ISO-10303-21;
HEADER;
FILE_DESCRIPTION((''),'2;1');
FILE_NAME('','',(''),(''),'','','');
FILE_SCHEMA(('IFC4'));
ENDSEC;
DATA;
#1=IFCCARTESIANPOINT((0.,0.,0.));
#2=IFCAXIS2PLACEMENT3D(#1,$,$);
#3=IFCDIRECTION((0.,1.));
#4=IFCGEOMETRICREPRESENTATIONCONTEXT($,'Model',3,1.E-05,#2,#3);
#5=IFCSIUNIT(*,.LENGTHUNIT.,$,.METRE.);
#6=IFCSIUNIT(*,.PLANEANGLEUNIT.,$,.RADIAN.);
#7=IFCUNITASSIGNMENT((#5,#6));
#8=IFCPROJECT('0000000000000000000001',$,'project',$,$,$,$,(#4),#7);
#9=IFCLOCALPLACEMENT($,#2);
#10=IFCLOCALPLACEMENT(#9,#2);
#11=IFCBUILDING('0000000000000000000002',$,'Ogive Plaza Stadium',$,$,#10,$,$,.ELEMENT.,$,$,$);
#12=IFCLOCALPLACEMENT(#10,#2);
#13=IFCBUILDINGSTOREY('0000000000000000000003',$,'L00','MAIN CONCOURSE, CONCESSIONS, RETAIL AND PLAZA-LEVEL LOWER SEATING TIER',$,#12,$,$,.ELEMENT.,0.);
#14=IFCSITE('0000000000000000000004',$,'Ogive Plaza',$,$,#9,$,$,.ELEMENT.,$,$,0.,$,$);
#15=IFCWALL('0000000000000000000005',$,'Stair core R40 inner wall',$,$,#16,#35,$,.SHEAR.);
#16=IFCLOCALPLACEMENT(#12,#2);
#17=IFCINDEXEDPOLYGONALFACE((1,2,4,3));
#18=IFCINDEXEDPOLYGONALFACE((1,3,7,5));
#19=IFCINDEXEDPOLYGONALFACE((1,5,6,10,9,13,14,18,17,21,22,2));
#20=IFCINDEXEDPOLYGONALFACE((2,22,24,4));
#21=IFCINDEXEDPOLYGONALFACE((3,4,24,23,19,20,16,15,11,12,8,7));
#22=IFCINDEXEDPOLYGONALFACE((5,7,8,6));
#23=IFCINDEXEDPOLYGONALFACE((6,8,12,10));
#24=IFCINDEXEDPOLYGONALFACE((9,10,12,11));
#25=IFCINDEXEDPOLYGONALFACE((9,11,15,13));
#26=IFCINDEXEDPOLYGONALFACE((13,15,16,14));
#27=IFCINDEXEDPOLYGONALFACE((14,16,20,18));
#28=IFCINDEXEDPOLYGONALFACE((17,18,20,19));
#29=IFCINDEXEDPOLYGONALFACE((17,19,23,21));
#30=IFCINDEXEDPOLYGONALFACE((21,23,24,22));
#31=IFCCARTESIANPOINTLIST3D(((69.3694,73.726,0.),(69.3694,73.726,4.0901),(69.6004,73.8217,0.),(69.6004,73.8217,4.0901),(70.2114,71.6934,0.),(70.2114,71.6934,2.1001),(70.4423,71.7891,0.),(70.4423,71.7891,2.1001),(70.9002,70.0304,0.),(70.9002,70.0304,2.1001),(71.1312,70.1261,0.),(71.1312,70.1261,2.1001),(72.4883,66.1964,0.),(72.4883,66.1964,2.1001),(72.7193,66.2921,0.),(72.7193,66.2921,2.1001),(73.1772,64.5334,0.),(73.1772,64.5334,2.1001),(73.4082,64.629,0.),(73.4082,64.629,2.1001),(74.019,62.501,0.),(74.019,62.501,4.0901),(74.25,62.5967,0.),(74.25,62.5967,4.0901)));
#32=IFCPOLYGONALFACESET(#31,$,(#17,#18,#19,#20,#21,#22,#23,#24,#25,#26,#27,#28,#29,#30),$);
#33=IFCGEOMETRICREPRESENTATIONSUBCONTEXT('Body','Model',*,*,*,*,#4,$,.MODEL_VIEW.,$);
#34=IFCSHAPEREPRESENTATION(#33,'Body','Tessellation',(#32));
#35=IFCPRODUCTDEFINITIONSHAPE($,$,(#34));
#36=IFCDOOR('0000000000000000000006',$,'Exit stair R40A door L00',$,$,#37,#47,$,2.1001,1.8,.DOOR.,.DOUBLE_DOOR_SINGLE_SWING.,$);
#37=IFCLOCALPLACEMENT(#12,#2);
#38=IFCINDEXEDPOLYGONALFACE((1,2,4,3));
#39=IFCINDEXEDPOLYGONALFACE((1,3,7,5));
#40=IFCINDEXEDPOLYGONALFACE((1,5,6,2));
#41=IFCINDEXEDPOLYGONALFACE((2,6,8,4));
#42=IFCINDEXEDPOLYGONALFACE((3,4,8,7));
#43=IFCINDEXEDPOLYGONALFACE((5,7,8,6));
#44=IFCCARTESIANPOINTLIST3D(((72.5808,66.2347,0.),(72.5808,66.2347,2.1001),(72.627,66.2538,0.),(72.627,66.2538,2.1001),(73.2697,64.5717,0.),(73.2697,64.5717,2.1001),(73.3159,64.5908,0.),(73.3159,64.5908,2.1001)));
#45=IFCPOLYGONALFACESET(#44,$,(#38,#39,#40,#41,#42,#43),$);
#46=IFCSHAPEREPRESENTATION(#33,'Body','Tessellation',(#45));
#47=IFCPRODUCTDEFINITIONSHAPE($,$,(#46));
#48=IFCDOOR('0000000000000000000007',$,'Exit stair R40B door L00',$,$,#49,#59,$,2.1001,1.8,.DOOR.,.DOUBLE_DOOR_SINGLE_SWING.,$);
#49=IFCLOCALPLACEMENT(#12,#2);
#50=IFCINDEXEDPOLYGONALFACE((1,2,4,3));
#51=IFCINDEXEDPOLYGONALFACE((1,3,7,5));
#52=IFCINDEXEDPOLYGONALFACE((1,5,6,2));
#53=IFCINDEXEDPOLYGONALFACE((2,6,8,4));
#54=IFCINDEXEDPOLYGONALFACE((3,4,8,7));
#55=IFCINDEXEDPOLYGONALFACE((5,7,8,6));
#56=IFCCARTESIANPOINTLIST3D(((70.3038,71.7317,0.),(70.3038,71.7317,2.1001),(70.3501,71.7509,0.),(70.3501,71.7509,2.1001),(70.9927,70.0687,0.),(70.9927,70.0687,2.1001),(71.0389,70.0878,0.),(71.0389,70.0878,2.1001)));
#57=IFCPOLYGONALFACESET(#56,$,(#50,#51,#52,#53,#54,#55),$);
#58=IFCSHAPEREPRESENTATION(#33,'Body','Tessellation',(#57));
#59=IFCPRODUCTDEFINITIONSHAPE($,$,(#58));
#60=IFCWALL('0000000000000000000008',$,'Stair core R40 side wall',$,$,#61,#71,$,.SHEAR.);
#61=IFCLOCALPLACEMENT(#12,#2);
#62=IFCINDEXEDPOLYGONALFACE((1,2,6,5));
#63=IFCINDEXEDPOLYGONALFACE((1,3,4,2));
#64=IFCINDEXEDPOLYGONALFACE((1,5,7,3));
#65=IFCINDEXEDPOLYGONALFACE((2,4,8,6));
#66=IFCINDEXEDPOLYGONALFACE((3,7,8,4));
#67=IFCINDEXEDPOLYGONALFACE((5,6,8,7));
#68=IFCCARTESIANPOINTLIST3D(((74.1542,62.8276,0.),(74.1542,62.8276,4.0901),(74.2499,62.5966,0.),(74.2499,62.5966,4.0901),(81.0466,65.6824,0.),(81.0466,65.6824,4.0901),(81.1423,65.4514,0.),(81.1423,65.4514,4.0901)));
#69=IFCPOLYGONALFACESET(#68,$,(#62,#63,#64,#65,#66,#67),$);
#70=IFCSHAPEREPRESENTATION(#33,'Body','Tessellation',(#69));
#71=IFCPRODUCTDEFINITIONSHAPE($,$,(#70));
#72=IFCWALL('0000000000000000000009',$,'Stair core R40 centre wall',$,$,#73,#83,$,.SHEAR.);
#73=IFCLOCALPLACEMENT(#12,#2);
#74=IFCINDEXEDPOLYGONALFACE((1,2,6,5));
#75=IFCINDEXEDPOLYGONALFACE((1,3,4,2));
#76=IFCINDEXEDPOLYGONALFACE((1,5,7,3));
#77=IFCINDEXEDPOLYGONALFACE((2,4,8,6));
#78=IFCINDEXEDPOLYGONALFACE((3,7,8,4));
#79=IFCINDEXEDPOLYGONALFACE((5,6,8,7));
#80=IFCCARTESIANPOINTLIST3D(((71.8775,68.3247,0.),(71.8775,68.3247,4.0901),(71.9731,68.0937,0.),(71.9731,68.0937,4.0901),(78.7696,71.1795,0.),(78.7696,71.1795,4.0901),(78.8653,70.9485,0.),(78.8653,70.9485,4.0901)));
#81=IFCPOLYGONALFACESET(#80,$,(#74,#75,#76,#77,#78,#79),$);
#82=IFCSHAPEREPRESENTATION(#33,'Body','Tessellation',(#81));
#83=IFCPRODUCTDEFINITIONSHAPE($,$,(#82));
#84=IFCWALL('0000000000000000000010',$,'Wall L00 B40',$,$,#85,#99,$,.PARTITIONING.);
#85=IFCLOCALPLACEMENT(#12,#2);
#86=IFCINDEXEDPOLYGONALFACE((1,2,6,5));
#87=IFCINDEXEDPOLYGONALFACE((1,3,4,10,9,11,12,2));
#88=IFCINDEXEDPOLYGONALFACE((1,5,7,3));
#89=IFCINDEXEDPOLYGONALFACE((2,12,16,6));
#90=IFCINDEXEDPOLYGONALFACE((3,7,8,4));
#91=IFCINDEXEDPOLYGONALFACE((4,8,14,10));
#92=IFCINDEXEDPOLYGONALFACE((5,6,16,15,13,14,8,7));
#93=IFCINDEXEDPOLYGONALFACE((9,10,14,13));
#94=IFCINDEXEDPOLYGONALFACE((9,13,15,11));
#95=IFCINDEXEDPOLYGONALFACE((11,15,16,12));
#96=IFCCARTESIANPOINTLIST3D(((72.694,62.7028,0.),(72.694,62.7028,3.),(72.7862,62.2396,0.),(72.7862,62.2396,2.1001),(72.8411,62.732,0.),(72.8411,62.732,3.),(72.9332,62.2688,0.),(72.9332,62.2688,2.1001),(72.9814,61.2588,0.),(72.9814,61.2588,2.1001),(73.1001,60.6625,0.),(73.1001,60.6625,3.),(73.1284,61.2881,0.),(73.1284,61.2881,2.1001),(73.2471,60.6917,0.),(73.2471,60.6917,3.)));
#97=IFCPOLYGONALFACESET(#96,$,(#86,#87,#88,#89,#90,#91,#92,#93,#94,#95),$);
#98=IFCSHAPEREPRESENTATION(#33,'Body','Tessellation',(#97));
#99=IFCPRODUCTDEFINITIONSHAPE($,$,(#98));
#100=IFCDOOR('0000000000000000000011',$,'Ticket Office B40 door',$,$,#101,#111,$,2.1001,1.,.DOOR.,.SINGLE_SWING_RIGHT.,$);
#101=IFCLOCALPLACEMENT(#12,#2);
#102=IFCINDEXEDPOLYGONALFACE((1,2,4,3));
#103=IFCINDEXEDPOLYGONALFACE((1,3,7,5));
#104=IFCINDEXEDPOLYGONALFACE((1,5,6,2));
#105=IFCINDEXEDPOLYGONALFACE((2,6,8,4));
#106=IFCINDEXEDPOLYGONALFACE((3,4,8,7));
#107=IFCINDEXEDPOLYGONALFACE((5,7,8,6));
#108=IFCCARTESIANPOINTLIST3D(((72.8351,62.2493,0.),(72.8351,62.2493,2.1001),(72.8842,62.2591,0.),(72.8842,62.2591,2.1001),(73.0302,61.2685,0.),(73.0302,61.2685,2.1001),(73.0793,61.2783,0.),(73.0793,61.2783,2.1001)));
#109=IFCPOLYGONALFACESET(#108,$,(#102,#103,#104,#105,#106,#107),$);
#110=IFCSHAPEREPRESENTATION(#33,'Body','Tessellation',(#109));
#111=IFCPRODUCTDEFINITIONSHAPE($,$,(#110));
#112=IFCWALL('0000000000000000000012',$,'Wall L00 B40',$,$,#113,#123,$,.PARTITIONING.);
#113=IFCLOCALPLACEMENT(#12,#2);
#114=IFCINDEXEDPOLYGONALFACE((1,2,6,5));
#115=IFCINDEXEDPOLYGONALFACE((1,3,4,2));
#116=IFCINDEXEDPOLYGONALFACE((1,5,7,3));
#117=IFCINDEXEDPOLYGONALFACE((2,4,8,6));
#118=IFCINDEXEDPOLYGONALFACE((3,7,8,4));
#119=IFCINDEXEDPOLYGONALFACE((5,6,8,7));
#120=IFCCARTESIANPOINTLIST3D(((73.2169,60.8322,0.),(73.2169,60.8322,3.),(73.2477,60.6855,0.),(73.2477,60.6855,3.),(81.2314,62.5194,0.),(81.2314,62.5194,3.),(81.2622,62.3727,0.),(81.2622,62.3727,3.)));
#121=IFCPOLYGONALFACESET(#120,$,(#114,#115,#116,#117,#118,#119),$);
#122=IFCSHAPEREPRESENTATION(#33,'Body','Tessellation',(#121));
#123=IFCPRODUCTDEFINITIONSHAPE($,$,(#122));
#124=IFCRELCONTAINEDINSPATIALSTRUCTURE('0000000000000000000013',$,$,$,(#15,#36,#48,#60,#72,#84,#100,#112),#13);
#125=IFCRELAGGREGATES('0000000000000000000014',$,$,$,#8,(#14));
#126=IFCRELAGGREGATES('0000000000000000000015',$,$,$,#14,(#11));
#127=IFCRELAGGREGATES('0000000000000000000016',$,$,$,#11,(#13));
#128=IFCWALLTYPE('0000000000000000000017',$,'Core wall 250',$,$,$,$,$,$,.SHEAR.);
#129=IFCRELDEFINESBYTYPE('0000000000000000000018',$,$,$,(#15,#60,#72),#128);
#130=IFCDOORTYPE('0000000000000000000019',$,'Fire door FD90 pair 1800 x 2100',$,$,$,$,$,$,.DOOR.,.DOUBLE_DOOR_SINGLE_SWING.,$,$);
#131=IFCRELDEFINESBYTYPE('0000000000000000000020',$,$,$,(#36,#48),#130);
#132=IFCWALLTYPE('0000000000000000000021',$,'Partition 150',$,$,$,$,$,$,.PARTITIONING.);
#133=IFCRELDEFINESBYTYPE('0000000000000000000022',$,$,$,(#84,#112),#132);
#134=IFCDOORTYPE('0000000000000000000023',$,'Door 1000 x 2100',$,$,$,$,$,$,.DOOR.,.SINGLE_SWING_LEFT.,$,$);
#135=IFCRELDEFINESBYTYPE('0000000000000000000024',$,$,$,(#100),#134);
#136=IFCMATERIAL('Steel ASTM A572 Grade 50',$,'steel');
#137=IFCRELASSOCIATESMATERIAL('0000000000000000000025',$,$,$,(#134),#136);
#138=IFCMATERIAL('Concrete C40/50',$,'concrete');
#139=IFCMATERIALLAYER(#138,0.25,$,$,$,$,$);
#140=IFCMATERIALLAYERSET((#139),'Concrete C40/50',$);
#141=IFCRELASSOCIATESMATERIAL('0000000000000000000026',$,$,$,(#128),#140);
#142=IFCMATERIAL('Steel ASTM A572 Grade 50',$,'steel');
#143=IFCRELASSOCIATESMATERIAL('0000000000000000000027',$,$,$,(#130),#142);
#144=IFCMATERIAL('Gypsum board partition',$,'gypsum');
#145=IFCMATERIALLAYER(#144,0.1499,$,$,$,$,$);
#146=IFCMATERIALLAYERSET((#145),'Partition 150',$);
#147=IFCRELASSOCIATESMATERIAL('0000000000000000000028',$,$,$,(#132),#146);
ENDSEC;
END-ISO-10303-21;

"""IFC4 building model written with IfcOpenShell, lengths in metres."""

from ifc_helpers import new_model, si_unit, direction, frame, frame_2d, origin, place, context, subcontext, project, spatial, rectangle, extrude, material, layer, layer_set, type_object, element, fill, save


model = new_model("IFC4")

# Units and contexts
model_context = context("Model", 3, precision=1e-05, world=origin(), true_north=direction((0.0, 1.0)))
body_context = subcontext(model_context, "Body", "Model", "MODEL_VIEW")
ifc_project = project(units=[si_unit("LENGTHUNIT", "METRE"), si_unit("PLANEANGLEUNIT", "RADIAN")], contexts=[model_context])

# Site, building, storey
site_placement = place(None, origin())
site = spatial("IfcSite", under=ifc_project, at=site_placement, Name="Ogive Plaza", CompositionType="ELEMENT", RefElevation=0.0)
building_placement = place(site_placement, origin())
building = spatial("IfcBuilding", under=site, at=building_placement, Name="Ogive Plaza Stadium", CompositionType="ELEMENT")
storey_placement = place(building_placement, origin())
storey = spatial("IfcBuildingStorey", under=building, at=storey_placement, Name="L00", Description="MAIN CONCOURSE, CONCESSIONS, RETAIL AND PLAZA-LEVEL LOWER SEATING TIER", CompositionType="ELEMENT", Elevation=0.0)

# Shared definitions
ifc_material_1 = material(Name="Steel ASTM A572 Grade 50", Category="steel")
door_type_1 = type_object("IfcDoorType", Name="Door 1000 x 2100", OperationType="SINGLE_SWING_LEFT", PredefinedType="DOOR", material=ifc_material_1)

# Wall, openings, doors
ifc_material_2 = material(Name="Concrete C40/50", Category="concrete")
ifc_layer_1 = layer(ifc_material_2, 0.25)
ifc_layer_set_1 = layer_set([ifc_layer_1], Name="Concrete C40/50")
wall_type_1 = type_object("IfcWallType", Name="Core wall 250", PredefinedType="SHEAR", material=ifc_layer_set_1)
wall_1_placement = place(storey_placement, frame((74.1345, 62.5488, 0.0), z_axis=(0.0, 0.0, 1.0), x_axis=(-0.382688, 0.923877, 0.0)))
wall_1 = element("IfcWall", 1, at=wall_1_placement, inside=storey, type_object=wall_type_1, Name="Stair core R40 inner wall", PredefinedType="SHEAR", context=body_context, shape_type="SweptSolid", body=[
    extrude(rectangle(XDim=12.1499, YDim=0.25, at=frame_2d((6.075, 0.0))), origin(), (0.0, 0.0, 1.0), 4.0901),
])
opening_1_placement = place(wall_1_placement, frame((2.2, 0.0, 0.0)))
opening_1 = element("IfcOpeningElement", 2, at=opening_1_placement, cuts=wall_1, PredefinedType="OPENING", context=body_context, shape_type="SweptSolid", body=[
    extrude(rectangle(XDim=1.8, YDim=2.1001, at=frame_2d((0.8999, 1.05))), frame((0.0, 0.125, 0.0), z_axis=(0.0, -1.0, 0.0), x_axis=(1.0, 0.0, 0.0)), (0.0, 0.0, 1.0), 0.25),
])
opening_2_placement = place(wall_1_placement, frame((8.1499, 0.0, 0.0)))
opening_2 = element("IfcOpeningElement", 3, at=opening_2_placement, cuts=wall_1, PredefinedType="OPENING", context=body_context, shape_type="SweptSolid", body=[
    extrude(rectangle(XDim=1.8, YDim=2.1001, at=frame_2d((0.8999, 1.05))), frame((0.0, 0.125, 0.0), z_axis=(0.0, -1.0, 0.0), x_axis=(1.0, 0.0, 0.0)), (0.0, 0.0, 1.0), 0.25),
])
ifc_material_3 = material(Name="Steel ASTM A572 Grade 50", Category="steel")
door_type_2 = type_object("IfcDoorType", Name="Fire door FD90 pair 1800 x 2100", OperationType="DOUBLE_DOOR_SINGLE_SWING", PredefinedType="DOOR", material=ifc_material_3)
door_1_placement = place(opening_1_placement, origin())
door_1 = element("IfcDoor", 4, at=door_1_placement, inside=storey, type_object=door_type_2, Name="Exit stair R40A door L00", OperationType="DOUBLE_DOOR_SINGLE_SWING", OverallHeight=2.1001, OverallWidth=1.8, PredefinedType="DOOR", context=body_context, shape_type="SweptSolid", body=[
    extrude(rectangle(XDim=1.8, YDim=2.1001, at=frame_2d((0.8999, 1.05))), frame((0.0, 0.0249, 0.0), z_axis=(0.0, -1.0, 0.0), x_axis=(1.0, 0.0, 0.0)), (0.0, 0.0, 1.0), 0.05),
])
fill(opening_1, door_1)
door_2_placement = place(opening_2_placement, origin())
door_2 = element("IfcDoor", 5, at=door_2_placement, inside=storey, type_object=door_type_2, Name="Exit stair R40B door L00", OperationType="DOUBLE_DOOR_SINGLE_SWING", OverallHeight=2.1001, OverallWidth=1.8, PredefinedType="DOOR", context=body_context, shape_type="SweptSolid", body=[
    extrude(rectangle(XDim=1.8, YDim=2.1001, at=frame_2d((0.8999, 1.05))), frame((0.0, 0.0249, 0.0), z_axis=(0.0, -1.0, 0.0), x_axis=(1.0, 0.0, 0.0)), (0.0, 0.0, 1.0), 0.05),
])
fill(opening_2, door_2)

# Walls
wall_2_placement = place(storey_placement, frame((74.2021, 62.7122, 0.0), z_axis=(0.0, 0.0, 1.0), x_axis=(0.923887, 0.382665, 0.0)))
element("IfcWall", 6, at=wall_2_placement, inside=storey, type_object=wall_type_1, Name="Stair core R40 side wall", PredefinedType="SHEAR", context=body_context, shape_type="SweptSolid", body=[
    extrude(rectangle(XDim=7.4602, YDim=0.25, at=frame_2d((3.73, 0.0))), origin(), (0.0, 0.0, 1.0), 4.0901),
])
wall_3_placement = place(storey_placement, frame((71.9253, 68.2092, 0.0), z_axis=(0.0, 0.0, 1.0), x_axis=(0.923882, 0.382676, 0.0)))
element("IfcWall", 7, at=wall_3_placement, inside=storey, type_object=wall_type_1, Name="Stair core R40 centre wall", PredefinedType="SHEAR", context=body_context, shape_type="SweptSolid", body=[
    extrude(rectangle(XDim=7.46, YDim=0.25, at=frame_2d((3.73, 0.0))), origin(), (0.0, 0.0, 1.0), 4.0901),
])

# Wall, opening, door
ifc_material_4 = material(Name="Gypsum board partition", Category="gypsum")
ifc_layer_2 = layer(ifc_material_4, 0.1499)
ifc_layer_set_2 = layer_set([ifc_layer_2], Name="Partition 150")
wall_type_2 = type_object("IfcWallType", Name="Partition 150", PredefinedType="PARTITIONING", material=ifc_layer_set_2)
wall_4_placement = place(storey_placement, frame((72.7676, 62.7173, 0.0), z_axis=(0.0, 0.0, 1.0), x_axis=(0.195168, -0.98077, 0.0)))
wall_4 = element("IfcWall", 8, at=wall_4_placement, inside=storey, type_object=wall_type_2, Name="Wall L00 B40", PredefinedType="PARTITIONING", context=body_context, shape_type="SweptSolid", body=[
    extrude(rectangle(XDim=2.0803, YDim=0.1499, at=frame_2d((1.04, 0.0))), origin(), (0.0, 0.0, 1.0), 3.0),
])
opening_3_placement = place(wall_4_placement, frame((0.4722, 0.0, 0.0)))
opening_3 = element("IfcOpeningElement", 9, at=opening_3_placement, cuts=wall_4, PredefinedType="OPENING", context=body_context, shape_type="SweptSolid", body=[
    extrude(rectangle(XDim=1.0, YDim=2.1001, at=frame_2d((0.5, 1.05))), frame((0.0, 0.075, 0.0), z_axis=(0.0, -1.0, 0.0), x_axis=(1.0, 0.0, 0.0)), (0.0, 0.0, 1.0), 0.1499),
])
door_3_placement = place(opening_3_placement, origin())
door_3 = element("IfcDoor", 10, at=door_3_placement, inside=storey, type_object=door_type_1, Name="Ticket Office B40 door", OperationType="SINGLE_SWING_RIGHT", OverallHeight=2.1001, OverallWidth=1.0, PredefinedType="DOOR", context=body_context, shape_type="SweptSolid", body=[
    extrude(rectangle(XDim=1.0, YDim=2.1001, at=frame_2d((0.5, 1.05))), frame((0.0, 0.0249, 0.0), z_axis=(0.0, -1.0, 0.0), x_axis=(1.0, 0.0, 0.0)), (0.0, 0.0, 1.0), 0.05),
])
fill(opening_3, door_3)

# Wall
wall_5_placement = place(storey_placement, frame((73.2322, 60.7588, 0.0), z_axis=(0.0, 0.0, 1.0), x_axis=(0.978549, 0.206012, 0.0)))
element("IfcWall", 11, at=wall_5_placement, inside=storey, type_object=wall_type_2, Name="Wall L00 B40", PredefinedType="PARTITIONING", context=body_context, shape_type="SweptSolid", body=[
    extrude(rectangle(XDim=8.1902, YDim=0.1499, at=frame_2d((4.0952, 0.0))), origin(), (0.0, 0.0, 1.0), 3.0),
])

save(model, "model.ifc")
